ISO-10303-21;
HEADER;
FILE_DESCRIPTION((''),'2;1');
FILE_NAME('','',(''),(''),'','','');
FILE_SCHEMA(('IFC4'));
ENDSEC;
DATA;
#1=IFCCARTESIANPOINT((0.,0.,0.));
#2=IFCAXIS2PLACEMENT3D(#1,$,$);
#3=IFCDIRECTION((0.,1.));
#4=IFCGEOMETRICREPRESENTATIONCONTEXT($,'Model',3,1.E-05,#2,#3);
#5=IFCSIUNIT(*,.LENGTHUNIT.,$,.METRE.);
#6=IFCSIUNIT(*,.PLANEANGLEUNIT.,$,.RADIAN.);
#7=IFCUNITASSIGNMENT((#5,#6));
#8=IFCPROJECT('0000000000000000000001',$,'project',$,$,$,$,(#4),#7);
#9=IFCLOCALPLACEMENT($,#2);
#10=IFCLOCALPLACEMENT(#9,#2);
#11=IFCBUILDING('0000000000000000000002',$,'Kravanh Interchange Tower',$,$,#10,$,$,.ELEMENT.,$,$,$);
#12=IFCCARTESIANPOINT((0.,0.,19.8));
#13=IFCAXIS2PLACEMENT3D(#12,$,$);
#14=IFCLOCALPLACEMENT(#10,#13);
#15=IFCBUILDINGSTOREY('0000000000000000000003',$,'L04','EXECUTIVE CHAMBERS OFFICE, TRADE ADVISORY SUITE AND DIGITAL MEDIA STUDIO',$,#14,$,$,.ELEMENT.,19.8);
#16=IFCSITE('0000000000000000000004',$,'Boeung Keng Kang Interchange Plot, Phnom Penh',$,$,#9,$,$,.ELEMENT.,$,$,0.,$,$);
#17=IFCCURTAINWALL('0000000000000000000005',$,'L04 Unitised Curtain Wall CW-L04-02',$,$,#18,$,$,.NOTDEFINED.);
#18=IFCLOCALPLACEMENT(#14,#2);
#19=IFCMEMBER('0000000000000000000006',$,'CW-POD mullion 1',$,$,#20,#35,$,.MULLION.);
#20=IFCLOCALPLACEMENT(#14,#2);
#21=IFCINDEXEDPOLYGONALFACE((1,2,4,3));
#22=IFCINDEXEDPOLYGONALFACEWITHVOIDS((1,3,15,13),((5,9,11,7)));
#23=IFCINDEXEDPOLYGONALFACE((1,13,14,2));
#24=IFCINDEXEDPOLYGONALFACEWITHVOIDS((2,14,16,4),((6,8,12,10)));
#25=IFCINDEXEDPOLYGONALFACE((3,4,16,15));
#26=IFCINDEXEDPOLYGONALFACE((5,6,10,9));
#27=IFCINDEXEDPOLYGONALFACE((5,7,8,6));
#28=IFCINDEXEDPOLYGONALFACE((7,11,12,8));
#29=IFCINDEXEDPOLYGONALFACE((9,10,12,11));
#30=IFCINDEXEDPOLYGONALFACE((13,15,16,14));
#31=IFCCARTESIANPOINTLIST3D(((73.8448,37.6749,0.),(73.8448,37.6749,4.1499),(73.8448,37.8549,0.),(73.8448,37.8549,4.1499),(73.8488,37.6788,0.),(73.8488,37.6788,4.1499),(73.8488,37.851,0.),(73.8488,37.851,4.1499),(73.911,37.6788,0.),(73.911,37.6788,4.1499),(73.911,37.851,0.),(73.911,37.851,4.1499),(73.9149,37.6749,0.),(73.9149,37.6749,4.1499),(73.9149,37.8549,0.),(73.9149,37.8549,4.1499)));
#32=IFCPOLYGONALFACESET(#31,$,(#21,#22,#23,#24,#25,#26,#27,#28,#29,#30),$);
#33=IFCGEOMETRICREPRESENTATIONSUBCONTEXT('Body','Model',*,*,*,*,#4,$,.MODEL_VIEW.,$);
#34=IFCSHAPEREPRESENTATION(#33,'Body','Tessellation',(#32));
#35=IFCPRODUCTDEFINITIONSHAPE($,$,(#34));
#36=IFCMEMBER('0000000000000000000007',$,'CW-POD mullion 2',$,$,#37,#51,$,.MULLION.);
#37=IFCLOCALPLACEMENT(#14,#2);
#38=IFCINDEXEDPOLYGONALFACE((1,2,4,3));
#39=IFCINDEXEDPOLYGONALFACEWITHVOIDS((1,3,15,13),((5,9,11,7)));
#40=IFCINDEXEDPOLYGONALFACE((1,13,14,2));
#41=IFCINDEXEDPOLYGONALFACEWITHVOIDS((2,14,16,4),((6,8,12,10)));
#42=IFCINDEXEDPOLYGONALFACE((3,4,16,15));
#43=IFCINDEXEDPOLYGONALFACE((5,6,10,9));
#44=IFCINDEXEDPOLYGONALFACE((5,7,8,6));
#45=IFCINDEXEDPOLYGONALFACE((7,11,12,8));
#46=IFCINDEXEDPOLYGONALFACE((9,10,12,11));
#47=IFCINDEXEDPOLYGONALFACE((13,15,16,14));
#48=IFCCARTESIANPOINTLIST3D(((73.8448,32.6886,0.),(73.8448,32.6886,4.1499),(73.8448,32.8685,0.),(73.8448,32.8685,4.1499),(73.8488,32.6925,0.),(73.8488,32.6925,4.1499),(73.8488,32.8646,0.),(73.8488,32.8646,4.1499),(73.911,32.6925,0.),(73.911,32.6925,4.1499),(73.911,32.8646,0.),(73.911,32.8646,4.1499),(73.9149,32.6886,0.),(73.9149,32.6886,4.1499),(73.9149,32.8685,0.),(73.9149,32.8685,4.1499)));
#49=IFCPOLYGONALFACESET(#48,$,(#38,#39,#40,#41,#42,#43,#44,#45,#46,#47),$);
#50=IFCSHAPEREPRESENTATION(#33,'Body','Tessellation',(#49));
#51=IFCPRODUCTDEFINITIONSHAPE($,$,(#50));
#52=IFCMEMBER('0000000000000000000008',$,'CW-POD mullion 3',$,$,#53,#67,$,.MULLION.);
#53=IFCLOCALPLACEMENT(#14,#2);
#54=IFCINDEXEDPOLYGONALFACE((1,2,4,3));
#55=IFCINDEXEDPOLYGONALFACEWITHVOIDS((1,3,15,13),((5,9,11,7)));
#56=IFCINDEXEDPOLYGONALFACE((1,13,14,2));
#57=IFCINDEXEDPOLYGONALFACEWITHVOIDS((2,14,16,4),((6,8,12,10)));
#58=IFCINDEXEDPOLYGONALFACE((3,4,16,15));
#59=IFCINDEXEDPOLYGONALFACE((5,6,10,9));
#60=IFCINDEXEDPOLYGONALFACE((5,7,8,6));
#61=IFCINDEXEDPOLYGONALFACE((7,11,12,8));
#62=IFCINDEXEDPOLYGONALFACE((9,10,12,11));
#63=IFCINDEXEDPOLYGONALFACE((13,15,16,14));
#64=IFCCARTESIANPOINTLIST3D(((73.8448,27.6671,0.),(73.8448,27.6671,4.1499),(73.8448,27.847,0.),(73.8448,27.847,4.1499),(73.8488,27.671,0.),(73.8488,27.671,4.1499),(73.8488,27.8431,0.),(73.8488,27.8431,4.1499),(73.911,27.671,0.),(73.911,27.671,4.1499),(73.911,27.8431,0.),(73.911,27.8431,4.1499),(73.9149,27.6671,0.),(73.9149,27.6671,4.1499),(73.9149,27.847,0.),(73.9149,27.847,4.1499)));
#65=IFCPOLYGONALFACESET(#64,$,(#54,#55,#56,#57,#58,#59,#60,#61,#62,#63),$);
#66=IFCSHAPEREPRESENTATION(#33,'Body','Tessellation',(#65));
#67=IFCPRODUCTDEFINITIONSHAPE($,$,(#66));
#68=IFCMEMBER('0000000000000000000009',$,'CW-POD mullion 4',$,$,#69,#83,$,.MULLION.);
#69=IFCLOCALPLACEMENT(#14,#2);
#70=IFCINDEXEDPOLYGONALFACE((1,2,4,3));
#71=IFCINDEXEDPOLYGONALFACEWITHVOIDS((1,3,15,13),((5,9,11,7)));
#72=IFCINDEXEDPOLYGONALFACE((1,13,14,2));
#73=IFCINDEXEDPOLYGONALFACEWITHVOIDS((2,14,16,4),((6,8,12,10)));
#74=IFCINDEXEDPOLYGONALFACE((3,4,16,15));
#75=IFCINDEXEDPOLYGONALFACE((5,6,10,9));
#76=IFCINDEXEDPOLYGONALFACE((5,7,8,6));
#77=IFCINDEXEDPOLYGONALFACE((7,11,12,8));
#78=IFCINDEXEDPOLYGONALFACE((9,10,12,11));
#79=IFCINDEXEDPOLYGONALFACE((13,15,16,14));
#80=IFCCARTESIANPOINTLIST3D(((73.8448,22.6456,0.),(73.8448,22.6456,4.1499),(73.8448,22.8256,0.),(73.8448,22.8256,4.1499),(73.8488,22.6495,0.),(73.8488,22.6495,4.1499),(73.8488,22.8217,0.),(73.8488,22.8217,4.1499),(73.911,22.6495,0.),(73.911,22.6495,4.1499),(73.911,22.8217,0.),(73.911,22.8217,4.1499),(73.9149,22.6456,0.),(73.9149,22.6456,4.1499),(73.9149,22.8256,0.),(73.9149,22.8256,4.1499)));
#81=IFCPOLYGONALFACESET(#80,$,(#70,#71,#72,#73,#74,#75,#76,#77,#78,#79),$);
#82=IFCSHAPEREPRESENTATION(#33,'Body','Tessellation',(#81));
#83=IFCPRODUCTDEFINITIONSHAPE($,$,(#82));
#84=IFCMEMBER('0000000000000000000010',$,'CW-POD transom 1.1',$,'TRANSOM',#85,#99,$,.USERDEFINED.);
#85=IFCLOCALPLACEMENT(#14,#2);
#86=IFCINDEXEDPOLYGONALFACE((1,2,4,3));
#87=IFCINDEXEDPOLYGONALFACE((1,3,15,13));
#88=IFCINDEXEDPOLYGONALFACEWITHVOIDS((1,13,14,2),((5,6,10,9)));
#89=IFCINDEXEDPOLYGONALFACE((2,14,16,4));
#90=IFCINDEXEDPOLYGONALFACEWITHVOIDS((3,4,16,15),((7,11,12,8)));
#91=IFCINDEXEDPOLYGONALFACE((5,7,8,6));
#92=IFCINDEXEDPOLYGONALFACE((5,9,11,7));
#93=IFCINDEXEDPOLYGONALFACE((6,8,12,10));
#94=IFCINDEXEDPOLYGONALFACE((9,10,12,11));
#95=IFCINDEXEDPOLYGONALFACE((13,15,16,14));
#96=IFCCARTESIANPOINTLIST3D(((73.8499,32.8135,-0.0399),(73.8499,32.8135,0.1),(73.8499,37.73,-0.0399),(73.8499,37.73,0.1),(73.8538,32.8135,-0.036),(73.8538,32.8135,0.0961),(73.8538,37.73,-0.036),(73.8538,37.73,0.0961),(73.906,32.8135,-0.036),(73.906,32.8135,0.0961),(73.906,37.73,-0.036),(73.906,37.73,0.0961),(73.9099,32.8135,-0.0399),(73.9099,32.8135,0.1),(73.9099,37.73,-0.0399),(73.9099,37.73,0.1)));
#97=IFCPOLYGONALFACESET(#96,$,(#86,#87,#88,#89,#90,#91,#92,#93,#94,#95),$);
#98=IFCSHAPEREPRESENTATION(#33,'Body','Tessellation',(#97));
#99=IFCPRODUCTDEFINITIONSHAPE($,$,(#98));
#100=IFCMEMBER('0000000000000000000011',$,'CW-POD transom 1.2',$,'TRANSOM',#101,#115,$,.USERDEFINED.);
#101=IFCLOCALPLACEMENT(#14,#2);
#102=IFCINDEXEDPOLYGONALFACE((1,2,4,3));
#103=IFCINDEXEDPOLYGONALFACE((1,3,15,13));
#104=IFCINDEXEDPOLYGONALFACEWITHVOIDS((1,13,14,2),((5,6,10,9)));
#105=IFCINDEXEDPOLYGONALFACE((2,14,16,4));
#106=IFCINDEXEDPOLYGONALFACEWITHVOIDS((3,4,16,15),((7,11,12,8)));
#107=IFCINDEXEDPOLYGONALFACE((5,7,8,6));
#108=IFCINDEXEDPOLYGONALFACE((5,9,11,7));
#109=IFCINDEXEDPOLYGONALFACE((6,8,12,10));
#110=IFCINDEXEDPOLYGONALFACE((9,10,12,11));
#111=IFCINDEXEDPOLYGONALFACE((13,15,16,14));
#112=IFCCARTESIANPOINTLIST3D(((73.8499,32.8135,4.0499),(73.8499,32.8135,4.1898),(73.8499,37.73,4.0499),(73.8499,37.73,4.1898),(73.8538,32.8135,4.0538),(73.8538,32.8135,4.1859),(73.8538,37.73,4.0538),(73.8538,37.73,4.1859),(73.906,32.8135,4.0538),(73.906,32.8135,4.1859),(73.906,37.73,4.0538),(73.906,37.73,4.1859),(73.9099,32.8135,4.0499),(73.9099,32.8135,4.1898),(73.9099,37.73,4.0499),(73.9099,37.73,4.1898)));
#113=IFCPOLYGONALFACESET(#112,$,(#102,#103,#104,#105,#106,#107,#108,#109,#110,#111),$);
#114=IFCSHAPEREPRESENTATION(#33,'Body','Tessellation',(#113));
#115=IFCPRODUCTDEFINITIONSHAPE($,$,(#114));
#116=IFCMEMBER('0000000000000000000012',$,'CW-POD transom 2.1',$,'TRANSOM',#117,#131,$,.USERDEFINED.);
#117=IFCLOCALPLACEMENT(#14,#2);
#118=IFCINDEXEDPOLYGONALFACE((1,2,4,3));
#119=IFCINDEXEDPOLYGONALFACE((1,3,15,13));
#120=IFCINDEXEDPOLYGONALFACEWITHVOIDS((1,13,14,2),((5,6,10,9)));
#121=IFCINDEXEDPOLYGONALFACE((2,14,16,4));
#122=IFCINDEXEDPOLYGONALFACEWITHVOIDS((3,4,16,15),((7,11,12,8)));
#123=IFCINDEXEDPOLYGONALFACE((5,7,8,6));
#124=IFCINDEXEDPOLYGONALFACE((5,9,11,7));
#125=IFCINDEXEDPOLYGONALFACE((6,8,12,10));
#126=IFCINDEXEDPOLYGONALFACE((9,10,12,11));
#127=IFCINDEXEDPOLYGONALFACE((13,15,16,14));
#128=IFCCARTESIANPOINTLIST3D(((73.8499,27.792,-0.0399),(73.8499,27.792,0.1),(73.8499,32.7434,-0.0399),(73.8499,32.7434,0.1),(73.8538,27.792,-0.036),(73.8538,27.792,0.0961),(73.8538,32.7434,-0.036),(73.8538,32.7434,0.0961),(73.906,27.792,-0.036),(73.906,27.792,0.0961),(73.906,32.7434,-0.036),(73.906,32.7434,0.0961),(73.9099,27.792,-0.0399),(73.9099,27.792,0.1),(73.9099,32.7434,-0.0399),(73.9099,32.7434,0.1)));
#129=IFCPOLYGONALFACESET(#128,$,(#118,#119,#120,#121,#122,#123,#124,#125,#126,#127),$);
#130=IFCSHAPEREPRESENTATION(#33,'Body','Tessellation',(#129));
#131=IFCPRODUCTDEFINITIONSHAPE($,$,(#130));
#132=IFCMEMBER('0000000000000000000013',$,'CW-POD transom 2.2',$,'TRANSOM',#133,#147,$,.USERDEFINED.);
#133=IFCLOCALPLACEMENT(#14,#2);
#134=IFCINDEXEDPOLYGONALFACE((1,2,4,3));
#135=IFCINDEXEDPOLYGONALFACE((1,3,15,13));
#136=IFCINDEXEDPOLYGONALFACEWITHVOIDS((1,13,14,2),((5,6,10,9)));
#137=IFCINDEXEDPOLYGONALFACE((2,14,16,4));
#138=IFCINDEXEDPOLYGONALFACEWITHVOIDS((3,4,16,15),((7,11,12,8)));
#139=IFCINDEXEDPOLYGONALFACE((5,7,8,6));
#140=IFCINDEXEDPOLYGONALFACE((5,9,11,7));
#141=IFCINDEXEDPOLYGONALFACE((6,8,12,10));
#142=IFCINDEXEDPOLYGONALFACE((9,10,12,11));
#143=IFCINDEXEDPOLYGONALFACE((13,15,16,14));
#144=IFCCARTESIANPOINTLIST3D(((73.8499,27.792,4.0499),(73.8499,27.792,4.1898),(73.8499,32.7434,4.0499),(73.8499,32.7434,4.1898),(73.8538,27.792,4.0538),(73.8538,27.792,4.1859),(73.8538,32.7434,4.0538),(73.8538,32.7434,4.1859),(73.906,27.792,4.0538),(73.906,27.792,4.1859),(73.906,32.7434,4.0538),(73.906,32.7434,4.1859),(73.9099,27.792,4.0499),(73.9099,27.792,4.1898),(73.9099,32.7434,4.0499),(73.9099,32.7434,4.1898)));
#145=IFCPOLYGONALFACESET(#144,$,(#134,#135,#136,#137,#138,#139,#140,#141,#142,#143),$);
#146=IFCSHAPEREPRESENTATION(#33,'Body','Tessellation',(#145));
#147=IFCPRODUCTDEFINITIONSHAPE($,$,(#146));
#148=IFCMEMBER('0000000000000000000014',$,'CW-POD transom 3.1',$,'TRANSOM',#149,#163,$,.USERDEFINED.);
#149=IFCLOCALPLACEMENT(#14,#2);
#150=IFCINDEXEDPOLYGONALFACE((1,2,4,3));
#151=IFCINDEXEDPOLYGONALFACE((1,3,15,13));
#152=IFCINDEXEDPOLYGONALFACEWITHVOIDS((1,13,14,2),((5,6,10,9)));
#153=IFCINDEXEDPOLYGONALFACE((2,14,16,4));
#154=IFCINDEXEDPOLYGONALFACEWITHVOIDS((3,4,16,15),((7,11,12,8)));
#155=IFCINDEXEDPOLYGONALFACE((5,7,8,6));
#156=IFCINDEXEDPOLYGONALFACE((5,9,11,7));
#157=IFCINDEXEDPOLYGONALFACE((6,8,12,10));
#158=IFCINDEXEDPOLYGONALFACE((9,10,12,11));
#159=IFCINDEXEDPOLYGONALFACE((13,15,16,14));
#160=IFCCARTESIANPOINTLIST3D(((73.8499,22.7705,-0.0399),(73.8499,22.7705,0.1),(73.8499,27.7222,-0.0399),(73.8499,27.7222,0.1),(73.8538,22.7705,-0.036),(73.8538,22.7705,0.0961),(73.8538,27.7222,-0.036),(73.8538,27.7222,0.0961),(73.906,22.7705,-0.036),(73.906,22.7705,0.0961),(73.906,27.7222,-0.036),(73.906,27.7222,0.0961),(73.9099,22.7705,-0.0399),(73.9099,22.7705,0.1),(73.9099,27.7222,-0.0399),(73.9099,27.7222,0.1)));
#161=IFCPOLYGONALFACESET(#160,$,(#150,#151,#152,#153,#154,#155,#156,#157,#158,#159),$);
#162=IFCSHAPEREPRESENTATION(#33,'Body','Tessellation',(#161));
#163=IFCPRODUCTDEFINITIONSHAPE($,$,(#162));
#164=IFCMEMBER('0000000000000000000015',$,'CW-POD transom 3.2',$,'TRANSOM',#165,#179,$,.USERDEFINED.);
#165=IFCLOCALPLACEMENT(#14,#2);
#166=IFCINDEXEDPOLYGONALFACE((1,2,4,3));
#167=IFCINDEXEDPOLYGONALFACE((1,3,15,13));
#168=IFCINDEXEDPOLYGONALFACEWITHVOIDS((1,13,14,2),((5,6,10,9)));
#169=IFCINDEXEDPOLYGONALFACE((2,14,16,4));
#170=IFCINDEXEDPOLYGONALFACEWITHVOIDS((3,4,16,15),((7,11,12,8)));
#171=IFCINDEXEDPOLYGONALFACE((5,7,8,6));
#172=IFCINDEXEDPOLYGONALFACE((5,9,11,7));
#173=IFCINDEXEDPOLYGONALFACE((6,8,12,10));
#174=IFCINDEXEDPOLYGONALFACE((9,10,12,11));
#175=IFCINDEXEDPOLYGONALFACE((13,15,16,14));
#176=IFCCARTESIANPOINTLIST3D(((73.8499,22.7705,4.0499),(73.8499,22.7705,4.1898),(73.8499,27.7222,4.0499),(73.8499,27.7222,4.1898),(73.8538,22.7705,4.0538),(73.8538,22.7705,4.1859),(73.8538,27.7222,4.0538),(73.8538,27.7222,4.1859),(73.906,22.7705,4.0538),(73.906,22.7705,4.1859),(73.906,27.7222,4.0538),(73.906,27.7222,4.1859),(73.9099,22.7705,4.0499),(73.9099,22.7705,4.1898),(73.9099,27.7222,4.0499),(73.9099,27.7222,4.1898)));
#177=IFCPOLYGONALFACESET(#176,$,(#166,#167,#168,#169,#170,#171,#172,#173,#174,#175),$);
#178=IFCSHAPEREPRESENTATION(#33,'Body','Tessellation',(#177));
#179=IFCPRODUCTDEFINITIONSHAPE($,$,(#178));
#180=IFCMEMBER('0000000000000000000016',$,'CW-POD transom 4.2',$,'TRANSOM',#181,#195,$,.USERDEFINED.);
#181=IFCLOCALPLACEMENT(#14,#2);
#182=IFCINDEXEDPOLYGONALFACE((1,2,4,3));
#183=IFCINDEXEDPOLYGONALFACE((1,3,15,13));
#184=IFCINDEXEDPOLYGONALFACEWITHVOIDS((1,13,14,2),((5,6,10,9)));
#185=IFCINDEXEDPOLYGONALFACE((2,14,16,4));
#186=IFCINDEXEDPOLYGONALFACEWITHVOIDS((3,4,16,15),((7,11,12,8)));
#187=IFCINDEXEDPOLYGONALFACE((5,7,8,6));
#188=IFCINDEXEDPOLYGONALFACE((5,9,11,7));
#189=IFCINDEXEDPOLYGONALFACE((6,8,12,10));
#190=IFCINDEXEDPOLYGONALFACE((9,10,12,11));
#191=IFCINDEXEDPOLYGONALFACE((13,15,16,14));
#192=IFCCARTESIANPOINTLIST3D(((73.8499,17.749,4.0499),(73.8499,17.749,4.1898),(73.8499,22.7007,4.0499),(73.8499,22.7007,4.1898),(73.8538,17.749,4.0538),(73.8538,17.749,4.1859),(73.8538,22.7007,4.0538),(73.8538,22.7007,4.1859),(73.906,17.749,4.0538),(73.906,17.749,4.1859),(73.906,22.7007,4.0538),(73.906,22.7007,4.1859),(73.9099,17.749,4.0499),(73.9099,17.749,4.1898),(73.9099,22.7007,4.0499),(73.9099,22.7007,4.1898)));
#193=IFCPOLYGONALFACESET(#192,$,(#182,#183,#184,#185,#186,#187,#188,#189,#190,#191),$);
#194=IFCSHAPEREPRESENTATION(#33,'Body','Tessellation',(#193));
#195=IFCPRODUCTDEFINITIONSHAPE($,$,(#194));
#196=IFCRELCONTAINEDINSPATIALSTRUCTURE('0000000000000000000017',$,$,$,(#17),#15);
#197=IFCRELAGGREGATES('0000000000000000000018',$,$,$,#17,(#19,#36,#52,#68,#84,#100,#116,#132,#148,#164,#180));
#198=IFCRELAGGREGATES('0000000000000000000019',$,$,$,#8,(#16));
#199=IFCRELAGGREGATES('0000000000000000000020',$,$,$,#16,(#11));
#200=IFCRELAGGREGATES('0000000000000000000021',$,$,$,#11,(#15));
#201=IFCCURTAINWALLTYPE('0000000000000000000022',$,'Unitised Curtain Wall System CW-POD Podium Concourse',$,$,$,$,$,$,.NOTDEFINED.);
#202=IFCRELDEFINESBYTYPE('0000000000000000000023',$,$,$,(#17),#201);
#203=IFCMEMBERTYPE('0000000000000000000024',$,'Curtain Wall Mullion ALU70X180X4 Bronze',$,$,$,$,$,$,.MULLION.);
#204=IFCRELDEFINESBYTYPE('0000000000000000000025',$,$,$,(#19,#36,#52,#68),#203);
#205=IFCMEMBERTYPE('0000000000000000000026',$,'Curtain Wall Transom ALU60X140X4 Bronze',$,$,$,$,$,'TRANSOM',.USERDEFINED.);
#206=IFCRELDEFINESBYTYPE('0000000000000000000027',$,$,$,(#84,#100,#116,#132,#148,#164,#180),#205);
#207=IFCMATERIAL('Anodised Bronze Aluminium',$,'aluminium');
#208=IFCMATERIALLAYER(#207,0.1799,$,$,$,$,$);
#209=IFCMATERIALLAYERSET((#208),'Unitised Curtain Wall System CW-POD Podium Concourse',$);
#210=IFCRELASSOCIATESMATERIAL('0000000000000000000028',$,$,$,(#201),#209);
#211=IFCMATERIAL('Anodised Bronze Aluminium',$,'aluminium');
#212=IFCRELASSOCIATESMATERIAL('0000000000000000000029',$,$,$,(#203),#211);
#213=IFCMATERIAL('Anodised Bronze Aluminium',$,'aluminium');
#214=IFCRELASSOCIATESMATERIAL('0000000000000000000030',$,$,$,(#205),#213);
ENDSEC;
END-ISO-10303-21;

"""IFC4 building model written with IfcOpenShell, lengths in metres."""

from ifc_helpers import new_model, si_unit, direction, frame, origin, origin_2d, place, context, subcontext, project, spatial, hollow_rectangle, extrude, material, layer, layer_set, material_profile, profile_set, type_object, element, aggregate, save


model = new_model("IFC4")

# Units and contexts
model_context = context("Model", 3, precision=1e-05, world=origin(), true_north=direction((0.0, 1.0)))
body_context = subcontext(model_context, "Body", "Model", "MODEL_VIEW")
ifc_project = project(units=[si_unit("LENGTHUNIT", "METRE"), si_unit("PLANEANGLEUNIT", "RADIAN")], contexts=[model_context])

# Site, building, storey
site_placement = place(None, origin())
site = spatial("IfcSite", under=ifc_project, at=site_placement, Name="Boeung Keng Kang Interchange Plot, Phnom Penh", CompositionType="ELEMENT", RefElevation=0.0)
building_placement = place(site_placement, origin())
building = spatial("IfcBuilding", under=site, at=building_placement, Name="Kravanh Interchange Tower", CompositionType="ELEMENT")
storey_placement = place(building_placement, frame((0.0, 0.0, 19.8)))
storey = spatial("IfcBuildingStorey", under=building, at=storey_placement, Name="L04", Description="EXECUTIVE CHAMBERS OFFICE, TRADE ADVISORY SUITE AND DIGITAL MEDIA STUDIO", CompositionType="ELEMENT", Elevation=19.8)

# Curtain wall, members
ifc_material_1 = material(Name="Anodised Bronze Aluminium", Category="aluminium")
ifc_layer_1 = layer(ifc_material_1, 0.1799)
ifc_layer_set_1 = layer_set([ifc_layer_1], Name="Unitised Curtain Wall System CW-POD Podium Concourse")
curtain_wall_type = type_object("IfcCurtainWallType", Name="Unitised Curtain Wall System CW-POD Podium Concourse", PredefinedType="NOTDEFINED", material=ifc_layer_set_1)
curtain_wall_placement = place(storey_placement, origin())
curtain_wall = element("IfcCurtainWall", 1, at=curtain_wall_placement, inside=storey, type_object=curtain_wall_type, Name="L04 Unitised Curtain Wall CW-L04-02", PredefinedType="NOTDEFINED")
ifc_material_2 = material(Name="Anodised Bronze Aluminium", Category="aluminium")
ifc_material_profile_1 = material_profile(ifc_material_2, hollow_rectangle(XDim=0.0701, YDim=0.1799, WallThickness=0.0039, at=origin_2d()), Name="ALU70X180X4")
ifc_profile_set_1 = profile_set([ifc_material_profile_1], Name="Anodised Bronze Aluminium")
member_type_1 = type_object("IfcMemberType", Name="Curtain Wall Mullion ALU70X180X4 Bronze", PredefinedType="MULLION", material=ifc_profile_set_1)
member_1_placement = place(storey_placement, frame((73.8799, 37.7649, 0.0), z_axis=(0.0, 0.0, 1.0), x_axis=(1.0, 0.0, 0.0)))
member_1 = element("IfcMember", 2, at=member_1_placement, type_object=member_type_1, Name="CW-POD mullion 1", PredefinedType="MULLION", context=body_context, shape_type="SweptSolid", body=[
    extrude(hollow_rectangle(XDim=0.0701, YDim=0.1799, WallThickness=0.0039, at=origin_2d()), origin(), (0.0, 0.0, 1.0), 4.1499),
])
member_2_placement = place(storey_placement, frame((73.8799, 32.7786, 0.0), z_axis=(0.0, 0.0, 1.0), x_axis=(1.0, 0.0, 0.0)))
member_2 = element("IfcMember", 3, at=member_2_placement, type_object=member_type_1, Name="CW-POD mullion 2", PredefinedType="MULLION", context=body_context, shape_type="SweptSolid", body=[
    extrude(hollow_rectangle(XDim=0.0701, YDim=0.1799, WallThickness=0.0039, at=origin_2d()), origin(), (0.0, 0.0, 1.0), 4.1499),
])
member_3_placement = place(storey_placement, frame((73.8799, 27.7571, 0.0), z_axis=(0.0, 0.0, 1.0), x_axis=(1.0, 0.0, 0.0)))
member_3 = element("IfcMember", 4, at=member_3_placement, type_object=member_type_1, Name="CW-POD mullion 3", PredefinedType="MULLION", context=body_context, shape_type="SweptSolid", body=[
    extrude(hollow_rectangle(XDim=0.0701, YDim=0.1799, WallThickness=0.0039, at=origin_2d()), origin(), (0.0, 0.0, 1.0), 4.1499),
])
member_4_placement = place(storey_placement, frame((73.8799, 22.7356, 0.0), z_axis=(0.0, 0.0, 1.0), x_axis=(1.0, 0.0, 0.0)))
member_4 = element("IfcMember", 5, at=member_4_placement, type_object=member_type_1, Name="CW-POD mullion 4", PredefinedType="MULLION", context=body_context, shape_type="SweptSolid", body=[
    extrude(hollow_rectangle(XDim=0.0701, YDim=0.1799, WallThickness=0.0039, at=origin_2d()), origin(), (0.0, 0.0, 1.0), 4.1499),
])
ifc_material_3 = material(Name="Anodised Bronze Aluminium", Category="aluminium")
ifc_material_profile_2 = material_profile(ifc_material_3, hollow_rectangle(XDim=0.0601, YDim=0.1399, WallThickness=0.0039, at=origin_2d()), Name="ALU60X140X4")
ifc_profile_set_2 = profile_set([ifc_material_profile_2], Name="Anodised Bronze Aluminium")
member_type_2 = type_object("IfcMemberType", Name="Curtain Wall Transom ALU60X140X4 Bronze", ElementType="TRANSOM", PredefinedType="USERDEFINED", material=ifc_profile_set_2)
member_5_placement = place(storey_placement, frame((73.8799, 37.73, 0.03), z_axis=(0.0, -1.0, 0.0), x_axis=(1.0, 0.0, 0.0)))
member_5 = element("IfcMember", 6, at=member_5_placement, type_object=member_type_2, Name="CW-POD transom 1.1", ObjectType="TRANSOM", PredefinedType="USERDEFINED", context=body_context, shape_type="SweptSolid", body=[
    extrude(hollow_rectangle(XDim=0.0601, YDim=0.1399, WallThickness=0.0039, at=origin_2d()), origin(), (0.0, 0.0, 1.0), 4.9165),
])
member_6_placement = place(storey_placement, frame((73.8799, 37.73, 4.1199), z_axis=(0.0, -1.0, 0.0), x_axis=(1.0, 0.0, 0.0)))
member_6 = element("IfcMember", 7, at=member_6_placement, type_object=member_type_2, Name="CW-POD transom 1.2", ObjectType="TRANSOM", PredefinedType="USERDEFINED", context=body_context, shape_type="SweptSolid", body=[
    extrude(hollow_rectangle(XDim=0.0601, YDim=0.1399, WallThickness=0.0039, at=origin_2d()), origin(), (0.0, 0.0, 1.0), 4.9165),
])
member_7_placement = place(storey_placement, frame((73.8799, 32.7434, 0.03), z_axis=(0.0, -1.0, 0.0), x_axis=(1.0, 0.0, 0.0)))
member_7 = element("IfcMember", 8, at=member_7_placement, type_object=member_type_2, Name="CW-POD transom 2.1", ObjectType="TRANSOM", PredefinedType="USERDEFINED", context=body_context, shape_type="SweptSolid", body=[
    extrude(hollow_rectangle(XDim=0.0601, YDim=0.1399, WallThickness=0.0039, at=origin_2d()), origin(), (0.0, 0.0, 1.0), 4.9514),
])
member_8_placement = place(storey_placement, frame((73.8799, 32.7434, 4.1199), z_axis=(0.0, -1.0, 0.0), x_axis=(1.0, 0.0, 0.0)))
member_8 = element("IfcMember", 9, at=member_8_placement, type_object=member_type_2, Name="CW-POD transom 2.2", ObjectType="TRANSOM", PredefinedType="USERDEFINED", context=body_context, shape_type="SweptSolid", body=[
    extrude(hollow_rectangle(XDim=0.0601, YDim=0.1399, WallThickness=0.0039, at=origin_2d()), origin(), (0.0, 0.0, 1.0), 4.9514),
])
member_9_placement = place(storey_placement, frame((73.8799, 27.7222, 0.03), z_axis=(0.0, -1.0, 0.0), x_axis=(1.0, 0.0, 0.0)))
member_9 = element("IfcMember", 10, at=member_9_placement, type_object=member_type_2, Name="CW-POD transom 3.1", ObjectType="TRANSOM", PredefinedType="USERDEFINED", context=body_context, shape_type="SweptSolid", body=[
    extrude(hollow_rectangle(XDim=0.0601, YDim=0.1399, WallThickness=0.0039, at=origin_2d()), origin(), (0.0, 0.0, 1.0), 4.9517),
])
member_10_placement = place(storey_placement, frame((73.8799, 27.7222, 4.1199), z_axis=(0.0, -1.0, 0.0), x_axis=(1.0, 0.0, 0.0)))
member_10 = element("IfcMember", 11, at=member_10_placement, type_object=member_type_2, Name="CW-POD transom 3.2", ObjectType="TRANSOM", PredefinedType="USERDEFINED", context=body_context, shape_type="SweptSolid", body=[
    extrude(hollow_rectangle(XDim=0.0601, YDim=0.1399, WallThickness=0.0039, at=origin_2d()), origin(), (0.0, 0.0, 1.0), 4.9517),
])
member_11_placement = place(storey_placement, frame((73.8799, 22.7007, 4.1199), z_axis=(0.0, -1.0, 0.0), x_axis=(1.0, 0.0, 0.0)))
member_11 = element("IfcMember", 12, at=member_11_placement, type_object=member_type_2, Name="CW-POD transom 4.2", ObjectType="TRANSOM", PredefinedType="USERDEFINED", context=body_context, shape_type="SweptSolid", body=[
    extrude(hollow_rectangle(XDim=0.0601, YDim=0.1399, WallThickness=0.0039, at=origin_2d()), origin(), (0.0, 0.0, 1.0), 4.9517),
])

aggregate(curtain_wall, [member_1, member_2, member_3, member_4, member_5, member_6, member_7, member_8, member_9, member_10, member_11])

save(model, "model.ifc")
